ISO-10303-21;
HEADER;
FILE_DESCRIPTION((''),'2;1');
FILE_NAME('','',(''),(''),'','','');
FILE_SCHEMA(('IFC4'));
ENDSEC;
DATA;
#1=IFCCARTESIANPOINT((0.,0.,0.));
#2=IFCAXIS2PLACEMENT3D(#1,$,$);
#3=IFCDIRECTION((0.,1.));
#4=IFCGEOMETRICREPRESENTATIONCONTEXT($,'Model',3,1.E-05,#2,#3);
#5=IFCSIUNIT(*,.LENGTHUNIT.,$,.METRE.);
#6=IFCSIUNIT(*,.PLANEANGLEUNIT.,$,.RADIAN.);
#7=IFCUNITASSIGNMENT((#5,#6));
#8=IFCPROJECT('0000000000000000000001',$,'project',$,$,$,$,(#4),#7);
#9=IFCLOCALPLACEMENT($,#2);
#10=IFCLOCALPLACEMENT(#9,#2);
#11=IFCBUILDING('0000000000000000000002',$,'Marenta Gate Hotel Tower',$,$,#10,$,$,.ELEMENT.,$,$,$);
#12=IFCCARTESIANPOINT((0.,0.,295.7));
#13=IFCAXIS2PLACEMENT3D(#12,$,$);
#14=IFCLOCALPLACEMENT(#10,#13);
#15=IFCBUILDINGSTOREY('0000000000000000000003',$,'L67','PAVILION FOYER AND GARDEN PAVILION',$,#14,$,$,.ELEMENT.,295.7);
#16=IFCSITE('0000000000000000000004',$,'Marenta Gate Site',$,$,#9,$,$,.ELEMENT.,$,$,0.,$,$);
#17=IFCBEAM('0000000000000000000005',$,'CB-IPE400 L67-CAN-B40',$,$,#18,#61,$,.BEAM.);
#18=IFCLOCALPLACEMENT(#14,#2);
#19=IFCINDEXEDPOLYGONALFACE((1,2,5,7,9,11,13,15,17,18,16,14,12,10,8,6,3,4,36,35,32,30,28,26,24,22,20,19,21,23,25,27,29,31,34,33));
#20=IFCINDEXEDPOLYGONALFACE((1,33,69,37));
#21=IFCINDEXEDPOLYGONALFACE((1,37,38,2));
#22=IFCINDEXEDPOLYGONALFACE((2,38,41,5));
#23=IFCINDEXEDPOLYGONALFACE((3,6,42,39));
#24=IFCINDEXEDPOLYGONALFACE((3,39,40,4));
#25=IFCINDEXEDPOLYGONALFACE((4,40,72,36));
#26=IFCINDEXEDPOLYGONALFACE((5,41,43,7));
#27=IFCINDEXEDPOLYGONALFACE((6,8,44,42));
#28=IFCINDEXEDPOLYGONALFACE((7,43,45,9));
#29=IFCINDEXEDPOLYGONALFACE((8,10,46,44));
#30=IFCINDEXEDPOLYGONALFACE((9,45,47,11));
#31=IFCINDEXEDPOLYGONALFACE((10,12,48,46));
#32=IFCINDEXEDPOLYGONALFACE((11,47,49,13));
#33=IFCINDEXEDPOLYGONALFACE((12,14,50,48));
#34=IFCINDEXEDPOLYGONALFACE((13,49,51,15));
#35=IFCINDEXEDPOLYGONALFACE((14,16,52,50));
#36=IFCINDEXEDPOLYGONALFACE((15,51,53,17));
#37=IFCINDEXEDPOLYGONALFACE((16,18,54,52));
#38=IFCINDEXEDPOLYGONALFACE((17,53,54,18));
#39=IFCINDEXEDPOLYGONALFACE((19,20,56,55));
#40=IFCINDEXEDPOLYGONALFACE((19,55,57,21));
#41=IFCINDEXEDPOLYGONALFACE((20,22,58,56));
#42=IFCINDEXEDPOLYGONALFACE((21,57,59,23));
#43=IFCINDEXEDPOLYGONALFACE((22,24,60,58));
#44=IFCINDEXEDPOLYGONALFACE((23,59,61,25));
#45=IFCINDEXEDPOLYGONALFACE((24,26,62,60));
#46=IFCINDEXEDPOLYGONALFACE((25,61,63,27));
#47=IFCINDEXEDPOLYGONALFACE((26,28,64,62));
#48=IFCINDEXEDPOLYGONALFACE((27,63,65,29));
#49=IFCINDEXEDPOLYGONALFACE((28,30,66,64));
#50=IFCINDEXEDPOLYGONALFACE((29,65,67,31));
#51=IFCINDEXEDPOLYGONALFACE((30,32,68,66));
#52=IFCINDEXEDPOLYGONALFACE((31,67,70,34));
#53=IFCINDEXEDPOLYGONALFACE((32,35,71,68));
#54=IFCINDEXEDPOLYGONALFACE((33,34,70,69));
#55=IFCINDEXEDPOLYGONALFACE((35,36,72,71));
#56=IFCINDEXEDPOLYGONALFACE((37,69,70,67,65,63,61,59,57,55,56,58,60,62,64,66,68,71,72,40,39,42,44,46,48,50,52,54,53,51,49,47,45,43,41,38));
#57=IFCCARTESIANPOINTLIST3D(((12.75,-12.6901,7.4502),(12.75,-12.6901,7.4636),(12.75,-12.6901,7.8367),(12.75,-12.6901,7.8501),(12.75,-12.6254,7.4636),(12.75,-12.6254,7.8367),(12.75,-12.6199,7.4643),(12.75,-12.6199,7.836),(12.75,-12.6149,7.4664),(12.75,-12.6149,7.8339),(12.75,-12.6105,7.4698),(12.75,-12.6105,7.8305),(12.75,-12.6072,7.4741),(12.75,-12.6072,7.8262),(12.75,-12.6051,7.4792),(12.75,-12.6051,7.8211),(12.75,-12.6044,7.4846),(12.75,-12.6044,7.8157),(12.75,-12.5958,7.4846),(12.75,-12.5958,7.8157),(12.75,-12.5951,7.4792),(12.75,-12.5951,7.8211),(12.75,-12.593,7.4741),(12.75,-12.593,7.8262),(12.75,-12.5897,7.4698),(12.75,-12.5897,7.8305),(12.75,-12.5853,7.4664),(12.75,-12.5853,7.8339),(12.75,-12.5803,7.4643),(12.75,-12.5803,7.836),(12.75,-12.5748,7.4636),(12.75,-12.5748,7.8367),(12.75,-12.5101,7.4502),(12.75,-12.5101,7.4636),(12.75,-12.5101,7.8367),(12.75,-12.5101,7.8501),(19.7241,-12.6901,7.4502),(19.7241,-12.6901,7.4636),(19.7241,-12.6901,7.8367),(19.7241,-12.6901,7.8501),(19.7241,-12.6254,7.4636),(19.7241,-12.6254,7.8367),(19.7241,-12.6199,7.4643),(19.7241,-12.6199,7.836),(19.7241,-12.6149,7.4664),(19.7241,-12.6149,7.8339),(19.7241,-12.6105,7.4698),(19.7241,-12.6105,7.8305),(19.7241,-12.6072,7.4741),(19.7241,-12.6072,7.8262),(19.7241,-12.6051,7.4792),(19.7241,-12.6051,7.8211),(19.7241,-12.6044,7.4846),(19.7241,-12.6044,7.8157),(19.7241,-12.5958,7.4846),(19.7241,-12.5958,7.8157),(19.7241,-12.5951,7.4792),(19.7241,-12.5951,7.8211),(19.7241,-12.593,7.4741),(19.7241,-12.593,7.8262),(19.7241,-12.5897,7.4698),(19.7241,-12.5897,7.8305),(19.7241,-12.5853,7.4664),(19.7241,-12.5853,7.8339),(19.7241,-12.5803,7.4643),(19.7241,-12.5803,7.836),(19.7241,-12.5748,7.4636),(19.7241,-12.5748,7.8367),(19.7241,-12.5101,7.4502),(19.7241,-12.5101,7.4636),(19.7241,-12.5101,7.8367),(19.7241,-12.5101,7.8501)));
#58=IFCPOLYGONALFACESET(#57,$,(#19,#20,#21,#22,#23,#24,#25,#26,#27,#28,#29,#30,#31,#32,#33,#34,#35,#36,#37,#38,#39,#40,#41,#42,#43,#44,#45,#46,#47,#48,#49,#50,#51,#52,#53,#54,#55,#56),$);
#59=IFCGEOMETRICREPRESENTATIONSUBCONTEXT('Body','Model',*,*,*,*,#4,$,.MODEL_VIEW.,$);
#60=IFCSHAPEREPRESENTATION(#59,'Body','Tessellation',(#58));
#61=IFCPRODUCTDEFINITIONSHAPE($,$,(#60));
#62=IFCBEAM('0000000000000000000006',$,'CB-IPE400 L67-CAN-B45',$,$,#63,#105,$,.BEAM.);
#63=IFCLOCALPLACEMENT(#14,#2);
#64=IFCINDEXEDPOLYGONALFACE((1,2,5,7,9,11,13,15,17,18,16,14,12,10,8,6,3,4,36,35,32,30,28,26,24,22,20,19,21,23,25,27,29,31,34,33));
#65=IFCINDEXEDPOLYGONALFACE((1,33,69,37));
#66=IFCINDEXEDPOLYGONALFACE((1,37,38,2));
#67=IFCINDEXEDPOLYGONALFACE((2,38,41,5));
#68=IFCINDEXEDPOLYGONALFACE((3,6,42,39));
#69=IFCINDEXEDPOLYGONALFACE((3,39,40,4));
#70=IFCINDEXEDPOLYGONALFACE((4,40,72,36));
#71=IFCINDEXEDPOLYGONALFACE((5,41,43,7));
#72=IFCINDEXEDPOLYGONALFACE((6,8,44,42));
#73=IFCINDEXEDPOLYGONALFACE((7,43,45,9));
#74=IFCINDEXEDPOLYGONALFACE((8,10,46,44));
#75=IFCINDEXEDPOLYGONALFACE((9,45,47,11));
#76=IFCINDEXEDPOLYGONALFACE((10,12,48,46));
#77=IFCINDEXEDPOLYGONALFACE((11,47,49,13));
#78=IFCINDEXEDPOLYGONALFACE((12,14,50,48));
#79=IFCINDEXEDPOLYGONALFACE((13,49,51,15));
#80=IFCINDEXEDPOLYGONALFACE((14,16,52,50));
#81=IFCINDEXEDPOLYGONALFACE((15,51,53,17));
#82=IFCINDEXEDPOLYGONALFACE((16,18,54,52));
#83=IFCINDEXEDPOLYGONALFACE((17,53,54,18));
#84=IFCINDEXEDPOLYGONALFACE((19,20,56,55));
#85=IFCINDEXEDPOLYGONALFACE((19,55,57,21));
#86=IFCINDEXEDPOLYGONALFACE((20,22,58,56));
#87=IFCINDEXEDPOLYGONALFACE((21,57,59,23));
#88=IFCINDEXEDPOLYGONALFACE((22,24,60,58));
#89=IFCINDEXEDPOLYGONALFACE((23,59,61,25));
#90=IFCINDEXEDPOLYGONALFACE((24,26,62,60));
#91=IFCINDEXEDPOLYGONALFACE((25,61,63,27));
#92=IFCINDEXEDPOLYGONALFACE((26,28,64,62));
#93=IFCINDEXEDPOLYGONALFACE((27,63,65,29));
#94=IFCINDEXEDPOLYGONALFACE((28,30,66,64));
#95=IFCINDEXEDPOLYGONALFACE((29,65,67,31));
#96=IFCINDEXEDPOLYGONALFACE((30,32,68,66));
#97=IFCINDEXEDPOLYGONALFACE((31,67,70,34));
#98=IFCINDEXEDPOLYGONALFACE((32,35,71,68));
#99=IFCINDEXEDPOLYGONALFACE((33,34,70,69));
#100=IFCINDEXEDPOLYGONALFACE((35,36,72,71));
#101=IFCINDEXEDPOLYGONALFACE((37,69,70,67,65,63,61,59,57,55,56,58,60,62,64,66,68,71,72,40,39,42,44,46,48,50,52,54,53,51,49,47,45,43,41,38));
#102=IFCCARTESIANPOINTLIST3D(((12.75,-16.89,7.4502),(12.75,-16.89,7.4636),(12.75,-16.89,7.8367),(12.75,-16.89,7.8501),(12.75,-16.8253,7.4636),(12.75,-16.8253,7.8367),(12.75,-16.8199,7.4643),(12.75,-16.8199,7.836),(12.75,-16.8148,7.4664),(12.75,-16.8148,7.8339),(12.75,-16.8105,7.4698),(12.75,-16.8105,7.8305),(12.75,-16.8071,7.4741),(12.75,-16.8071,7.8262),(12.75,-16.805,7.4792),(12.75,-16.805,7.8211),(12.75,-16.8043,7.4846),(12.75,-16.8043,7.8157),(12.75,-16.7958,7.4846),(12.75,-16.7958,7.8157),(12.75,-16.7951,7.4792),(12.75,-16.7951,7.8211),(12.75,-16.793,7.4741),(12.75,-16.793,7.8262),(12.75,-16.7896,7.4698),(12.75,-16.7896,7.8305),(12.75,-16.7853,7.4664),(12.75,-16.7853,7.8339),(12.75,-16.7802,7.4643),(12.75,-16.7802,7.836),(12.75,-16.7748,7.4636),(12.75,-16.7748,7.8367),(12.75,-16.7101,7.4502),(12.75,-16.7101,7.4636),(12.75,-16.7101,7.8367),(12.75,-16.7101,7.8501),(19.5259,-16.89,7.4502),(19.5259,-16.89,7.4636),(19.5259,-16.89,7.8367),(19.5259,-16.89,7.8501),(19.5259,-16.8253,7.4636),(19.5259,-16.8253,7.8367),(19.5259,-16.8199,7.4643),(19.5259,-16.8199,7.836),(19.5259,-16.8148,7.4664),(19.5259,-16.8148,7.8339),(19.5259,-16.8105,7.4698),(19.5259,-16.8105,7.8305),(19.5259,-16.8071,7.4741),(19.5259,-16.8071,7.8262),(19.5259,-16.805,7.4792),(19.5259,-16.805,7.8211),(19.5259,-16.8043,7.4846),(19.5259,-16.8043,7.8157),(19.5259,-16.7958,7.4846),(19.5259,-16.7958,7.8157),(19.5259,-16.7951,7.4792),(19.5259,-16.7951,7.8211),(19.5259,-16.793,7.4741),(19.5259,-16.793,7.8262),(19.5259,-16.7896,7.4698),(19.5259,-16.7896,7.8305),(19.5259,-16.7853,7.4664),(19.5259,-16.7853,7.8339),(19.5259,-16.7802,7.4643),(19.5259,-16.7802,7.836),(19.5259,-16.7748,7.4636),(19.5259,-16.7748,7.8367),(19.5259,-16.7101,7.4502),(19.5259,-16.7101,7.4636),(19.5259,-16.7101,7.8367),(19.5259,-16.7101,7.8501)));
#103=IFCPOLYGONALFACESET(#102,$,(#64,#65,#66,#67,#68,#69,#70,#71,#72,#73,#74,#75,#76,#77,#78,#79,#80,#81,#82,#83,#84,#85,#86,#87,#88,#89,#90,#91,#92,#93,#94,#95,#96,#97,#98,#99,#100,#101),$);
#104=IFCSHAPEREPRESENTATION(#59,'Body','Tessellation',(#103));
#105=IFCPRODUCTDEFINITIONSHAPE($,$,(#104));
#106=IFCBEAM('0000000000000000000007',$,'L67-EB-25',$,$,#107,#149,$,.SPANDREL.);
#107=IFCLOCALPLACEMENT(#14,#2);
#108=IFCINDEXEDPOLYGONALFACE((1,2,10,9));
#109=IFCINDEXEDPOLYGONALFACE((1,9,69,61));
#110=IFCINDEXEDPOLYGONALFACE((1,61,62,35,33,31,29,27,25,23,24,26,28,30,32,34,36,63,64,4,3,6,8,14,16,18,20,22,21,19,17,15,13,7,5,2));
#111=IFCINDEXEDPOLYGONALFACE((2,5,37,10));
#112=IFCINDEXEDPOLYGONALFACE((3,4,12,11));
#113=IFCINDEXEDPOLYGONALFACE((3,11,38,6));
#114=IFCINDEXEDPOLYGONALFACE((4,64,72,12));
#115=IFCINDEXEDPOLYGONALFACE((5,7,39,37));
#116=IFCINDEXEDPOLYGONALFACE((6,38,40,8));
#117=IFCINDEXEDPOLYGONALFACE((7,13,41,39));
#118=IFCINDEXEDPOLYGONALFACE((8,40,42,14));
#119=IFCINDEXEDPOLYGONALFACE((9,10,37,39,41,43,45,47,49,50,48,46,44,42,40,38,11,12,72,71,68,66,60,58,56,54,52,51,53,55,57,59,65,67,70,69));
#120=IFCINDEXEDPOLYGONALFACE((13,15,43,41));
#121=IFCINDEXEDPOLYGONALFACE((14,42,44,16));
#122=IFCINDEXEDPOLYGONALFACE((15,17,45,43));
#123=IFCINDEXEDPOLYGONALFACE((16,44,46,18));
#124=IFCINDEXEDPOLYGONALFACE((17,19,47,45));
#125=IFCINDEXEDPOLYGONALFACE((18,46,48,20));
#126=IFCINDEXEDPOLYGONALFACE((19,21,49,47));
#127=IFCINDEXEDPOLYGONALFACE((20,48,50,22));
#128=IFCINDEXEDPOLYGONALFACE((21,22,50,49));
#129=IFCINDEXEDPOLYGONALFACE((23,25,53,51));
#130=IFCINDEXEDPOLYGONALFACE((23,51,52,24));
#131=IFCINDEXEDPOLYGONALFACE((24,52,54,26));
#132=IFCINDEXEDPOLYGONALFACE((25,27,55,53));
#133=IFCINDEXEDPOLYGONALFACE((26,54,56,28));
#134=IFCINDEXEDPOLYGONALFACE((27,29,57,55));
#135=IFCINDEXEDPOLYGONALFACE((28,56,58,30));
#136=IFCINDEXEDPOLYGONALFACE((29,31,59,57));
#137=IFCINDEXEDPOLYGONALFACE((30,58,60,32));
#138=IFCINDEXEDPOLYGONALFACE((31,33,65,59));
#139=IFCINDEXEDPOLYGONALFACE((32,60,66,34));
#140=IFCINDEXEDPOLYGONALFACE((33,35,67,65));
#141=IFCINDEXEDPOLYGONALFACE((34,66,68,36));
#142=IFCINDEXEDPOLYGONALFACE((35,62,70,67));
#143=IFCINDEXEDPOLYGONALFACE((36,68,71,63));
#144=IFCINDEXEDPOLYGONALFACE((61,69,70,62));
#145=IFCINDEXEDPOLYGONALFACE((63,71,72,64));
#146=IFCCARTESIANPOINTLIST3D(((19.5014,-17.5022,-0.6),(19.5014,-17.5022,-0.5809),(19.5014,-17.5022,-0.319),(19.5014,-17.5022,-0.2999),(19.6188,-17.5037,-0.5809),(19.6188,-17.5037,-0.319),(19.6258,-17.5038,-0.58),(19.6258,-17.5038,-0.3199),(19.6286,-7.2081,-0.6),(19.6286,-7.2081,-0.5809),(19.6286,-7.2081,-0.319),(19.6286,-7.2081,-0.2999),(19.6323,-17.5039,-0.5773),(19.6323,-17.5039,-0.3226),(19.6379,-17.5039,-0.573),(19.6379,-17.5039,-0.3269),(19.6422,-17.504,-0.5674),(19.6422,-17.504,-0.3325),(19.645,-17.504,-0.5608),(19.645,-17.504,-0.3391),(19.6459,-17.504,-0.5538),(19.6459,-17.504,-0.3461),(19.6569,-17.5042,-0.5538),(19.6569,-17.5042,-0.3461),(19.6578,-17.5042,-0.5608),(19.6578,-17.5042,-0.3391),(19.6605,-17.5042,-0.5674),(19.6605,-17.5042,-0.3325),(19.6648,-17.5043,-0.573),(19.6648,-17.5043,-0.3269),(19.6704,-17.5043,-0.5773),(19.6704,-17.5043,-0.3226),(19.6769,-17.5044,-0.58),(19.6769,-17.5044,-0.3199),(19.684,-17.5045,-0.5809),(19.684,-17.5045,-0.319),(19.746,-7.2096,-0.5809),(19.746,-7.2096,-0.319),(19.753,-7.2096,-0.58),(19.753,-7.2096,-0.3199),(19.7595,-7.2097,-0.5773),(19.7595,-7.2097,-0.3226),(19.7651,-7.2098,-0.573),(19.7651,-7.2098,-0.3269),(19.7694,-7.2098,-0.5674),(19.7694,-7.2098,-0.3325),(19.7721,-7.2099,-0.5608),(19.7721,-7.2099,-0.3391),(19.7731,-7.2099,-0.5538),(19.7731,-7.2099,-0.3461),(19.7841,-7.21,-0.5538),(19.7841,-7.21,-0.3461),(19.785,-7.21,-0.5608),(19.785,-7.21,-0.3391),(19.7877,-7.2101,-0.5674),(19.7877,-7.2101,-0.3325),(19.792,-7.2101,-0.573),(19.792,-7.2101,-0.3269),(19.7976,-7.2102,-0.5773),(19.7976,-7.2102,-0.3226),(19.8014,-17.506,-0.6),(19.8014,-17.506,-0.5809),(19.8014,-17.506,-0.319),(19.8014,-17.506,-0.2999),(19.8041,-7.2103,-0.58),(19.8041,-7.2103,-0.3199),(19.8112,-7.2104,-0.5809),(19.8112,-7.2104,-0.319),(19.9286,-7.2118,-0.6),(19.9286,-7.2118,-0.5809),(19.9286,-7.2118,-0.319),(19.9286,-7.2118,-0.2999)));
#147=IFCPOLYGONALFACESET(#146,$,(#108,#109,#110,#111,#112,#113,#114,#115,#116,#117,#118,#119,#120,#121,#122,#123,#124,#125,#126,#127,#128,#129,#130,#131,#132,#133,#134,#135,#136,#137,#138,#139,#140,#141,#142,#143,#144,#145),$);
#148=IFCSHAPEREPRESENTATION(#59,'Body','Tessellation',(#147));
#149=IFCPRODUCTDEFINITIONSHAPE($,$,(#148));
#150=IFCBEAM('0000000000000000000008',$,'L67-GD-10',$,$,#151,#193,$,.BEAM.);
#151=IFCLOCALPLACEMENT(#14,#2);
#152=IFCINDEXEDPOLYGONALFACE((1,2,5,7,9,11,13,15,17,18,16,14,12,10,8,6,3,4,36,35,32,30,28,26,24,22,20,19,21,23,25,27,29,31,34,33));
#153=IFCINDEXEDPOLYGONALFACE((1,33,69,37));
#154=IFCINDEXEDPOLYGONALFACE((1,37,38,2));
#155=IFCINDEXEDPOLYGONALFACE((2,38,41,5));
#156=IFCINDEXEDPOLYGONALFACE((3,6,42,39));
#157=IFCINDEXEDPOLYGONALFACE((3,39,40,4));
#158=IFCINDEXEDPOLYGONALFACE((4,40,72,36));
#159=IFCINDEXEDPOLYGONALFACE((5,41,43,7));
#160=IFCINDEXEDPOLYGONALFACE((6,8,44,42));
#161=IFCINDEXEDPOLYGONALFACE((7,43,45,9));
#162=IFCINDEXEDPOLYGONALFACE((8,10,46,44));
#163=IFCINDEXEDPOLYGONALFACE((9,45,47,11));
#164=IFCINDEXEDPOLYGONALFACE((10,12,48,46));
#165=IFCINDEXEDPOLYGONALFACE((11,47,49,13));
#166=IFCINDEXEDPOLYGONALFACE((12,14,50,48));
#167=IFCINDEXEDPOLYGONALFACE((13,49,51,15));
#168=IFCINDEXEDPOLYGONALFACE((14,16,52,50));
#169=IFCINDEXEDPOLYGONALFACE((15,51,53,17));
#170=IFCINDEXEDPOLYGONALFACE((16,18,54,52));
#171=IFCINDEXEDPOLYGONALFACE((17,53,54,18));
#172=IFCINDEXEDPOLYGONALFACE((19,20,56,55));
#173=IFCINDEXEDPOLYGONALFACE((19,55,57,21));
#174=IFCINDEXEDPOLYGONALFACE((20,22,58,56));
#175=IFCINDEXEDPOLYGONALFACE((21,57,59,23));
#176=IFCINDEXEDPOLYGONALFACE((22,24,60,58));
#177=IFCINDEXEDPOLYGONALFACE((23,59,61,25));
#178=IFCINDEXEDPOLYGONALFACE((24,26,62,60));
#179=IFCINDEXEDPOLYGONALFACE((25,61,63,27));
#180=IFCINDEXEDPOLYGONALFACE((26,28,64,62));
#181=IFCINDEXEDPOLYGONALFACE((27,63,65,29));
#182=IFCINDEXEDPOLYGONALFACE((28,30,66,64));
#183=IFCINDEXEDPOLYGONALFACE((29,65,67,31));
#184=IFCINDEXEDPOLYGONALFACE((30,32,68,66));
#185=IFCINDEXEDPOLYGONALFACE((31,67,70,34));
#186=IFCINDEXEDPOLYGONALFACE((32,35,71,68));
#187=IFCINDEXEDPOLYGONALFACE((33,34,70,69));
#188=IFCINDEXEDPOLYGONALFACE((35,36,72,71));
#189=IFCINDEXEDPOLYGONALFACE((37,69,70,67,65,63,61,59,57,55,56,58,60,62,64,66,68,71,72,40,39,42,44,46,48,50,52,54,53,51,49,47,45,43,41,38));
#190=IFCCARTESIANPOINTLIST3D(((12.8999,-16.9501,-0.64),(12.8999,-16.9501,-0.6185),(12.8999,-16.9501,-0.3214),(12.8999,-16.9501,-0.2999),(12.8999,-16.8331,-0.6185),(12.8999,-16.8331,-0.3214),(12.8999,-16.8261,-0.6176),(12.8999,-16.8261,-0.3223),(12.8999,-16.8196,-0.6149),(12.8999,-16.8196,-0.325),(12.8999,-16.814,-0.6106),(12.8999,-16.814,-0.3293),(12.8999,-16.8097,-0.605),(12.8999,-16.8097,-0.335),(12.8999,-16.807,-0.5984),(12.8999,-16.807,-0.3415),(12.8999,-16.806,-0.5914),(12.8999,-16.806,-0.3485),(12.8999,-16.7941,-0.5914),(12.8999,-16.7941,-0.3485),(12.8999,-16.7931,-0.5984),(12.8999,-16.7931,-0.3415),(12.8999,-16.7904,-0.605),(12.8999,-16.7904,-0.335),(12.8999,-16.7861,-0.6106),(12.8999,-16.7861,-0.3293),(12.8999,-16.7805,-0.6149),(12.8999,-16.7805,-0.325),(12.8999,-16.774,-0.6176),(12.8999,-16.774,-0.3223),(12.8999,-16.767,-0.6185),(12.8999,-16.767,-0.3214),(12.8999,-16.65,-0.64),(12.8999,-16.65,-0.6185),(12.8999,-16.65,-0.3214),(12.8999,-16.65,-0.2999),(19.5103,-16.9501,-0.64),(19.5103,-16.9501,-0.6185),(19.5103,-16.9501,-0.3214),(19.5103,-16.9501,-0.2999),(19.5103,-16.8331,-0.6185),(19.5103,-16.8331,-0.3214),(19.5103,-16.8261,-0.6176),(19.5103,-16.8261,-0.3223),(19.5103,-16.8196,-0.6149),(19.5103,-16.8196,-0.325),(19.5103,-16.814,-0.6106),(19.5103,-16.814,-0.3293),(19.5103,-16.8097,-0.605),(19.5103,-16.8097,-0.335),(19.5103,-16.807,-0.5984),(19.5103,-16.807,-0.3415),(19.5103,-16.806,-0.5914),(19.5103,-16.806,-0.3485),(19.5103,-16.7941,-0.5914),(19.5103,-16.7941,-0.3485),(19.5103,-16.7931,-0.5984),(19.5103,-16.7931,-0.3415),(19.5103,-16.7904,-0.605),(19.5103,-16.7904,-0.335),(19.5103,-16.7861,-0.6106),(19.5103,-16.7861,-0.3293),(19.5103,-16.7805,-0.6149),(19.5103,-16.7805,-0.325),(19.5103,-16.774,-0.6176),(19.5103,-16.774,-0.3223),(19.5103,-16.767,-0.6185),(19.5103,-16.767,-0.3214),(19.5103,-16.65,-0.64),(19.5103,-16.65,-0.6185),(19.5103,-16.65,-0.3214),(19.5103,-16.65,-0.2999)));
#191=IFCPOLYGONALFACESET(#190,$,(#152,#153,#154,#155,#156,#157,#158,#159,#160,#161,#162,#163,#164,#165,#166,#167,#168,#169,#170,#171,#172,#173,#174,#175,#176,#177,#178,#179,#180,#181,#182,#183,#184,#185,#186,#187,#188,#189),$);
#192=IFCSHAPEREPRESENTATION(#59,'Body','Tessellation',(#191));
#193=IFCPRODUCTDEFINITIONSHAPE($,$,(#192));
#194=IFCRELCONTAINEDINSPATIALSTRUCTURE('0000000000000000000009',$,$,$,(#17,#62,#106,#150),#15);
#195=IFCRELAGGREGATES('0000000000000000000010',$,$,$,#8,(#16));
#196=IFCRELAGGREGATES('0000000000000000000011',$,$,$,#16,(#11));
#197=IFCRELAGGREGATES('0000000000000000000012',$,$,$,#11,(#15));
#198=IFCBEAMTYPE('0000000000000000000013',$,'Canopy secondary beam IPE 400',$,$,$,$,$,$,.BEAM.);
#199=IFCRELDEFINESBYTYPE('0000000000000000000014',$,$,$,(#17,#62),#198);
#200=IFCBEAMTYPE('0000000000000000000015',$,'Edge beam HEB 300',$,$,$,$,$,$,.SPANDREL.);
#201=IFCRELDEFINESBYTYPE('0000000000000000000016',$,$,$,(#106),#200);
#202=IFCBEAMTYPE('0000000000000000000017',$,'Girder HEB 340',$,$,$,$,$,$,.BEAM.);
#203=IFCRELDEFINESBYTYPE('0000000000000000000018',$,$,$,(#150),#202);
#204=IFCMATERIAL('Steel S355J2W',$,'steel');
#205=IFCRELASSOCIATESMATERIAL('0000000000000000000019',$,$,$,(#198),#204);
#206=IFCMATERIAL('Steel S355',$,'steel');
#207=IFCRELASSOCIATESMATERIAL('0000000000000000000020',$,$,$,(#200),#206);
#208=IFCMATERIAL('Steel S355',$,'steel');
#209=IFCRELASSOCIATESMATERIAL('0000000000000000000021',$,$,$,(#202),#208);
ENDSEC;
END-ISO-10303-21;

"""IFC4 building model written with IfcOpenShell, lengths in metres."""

from ifc_helpers import new_model, si_unit, direction, frame, origin, origin_2d, place, context, subcontext, project, spatial, i_section, extrude, material, material_profile, profile_set, type_object, element, save


model = new_model("IFC4")

# Units and contexts
model_context = context("Model", 3, precision=1e-05, world=origin(), true_north=direction((0.0, 1.0)))
body_context = subcontext(model_context, "Body", "Model", "MODEL_VIEW")
ifc_project = project(units=[si_unit("LENGTHUNIT", "METRE"), si_unit("PLANEANGLEUNIT", "RADIAN")], contexts=[model_context])

# Site, building, storey
site_placement = place(None, origin())
site = spatial("IfcSite", under=ifc_project, at=site_placement, Name="Marenta Gate Site", CompositionType="ELEMENT", RefElevation=0.0)
building_placement = place(site_placement, origin())
building = spatial("IfcBuilding", under=site, at=building_placement, Name="Marenta Gate Hotel Tower", CompositionType="ELEMENT")
storey_placement = place(building_placement, frame((0.0, 0.0, 295.7)))
storey = spatial("IfcBuildingStorey", under=building, at=storey_placement, Name="L67", Description="PAVILION FOYER AND GARDEN PAVILION", CompositionType="ELEMENT", Elevation=295.7)

# Beams
ifc_material_1 = material(Name="Steel S355J2W", Category="steel")
ifc_material_profile_1 = material_profile(ifc_material_1, i_section(OverallWidth=0.1799, OverallDepth=0.3999, WebThickness=0.0085, FlangeThickness=0.0134, FilletRadius=0.021, at=origin_2d()), Name="IPE 400")
ifc_profile_set_1 = profile_set([ifc_material_profile_1], Name="Steel S355J2W")
beam_type_1 = type_object("IfcBeamType", Name="Canopy secondary beam IPE 400", PredefinedType="BEAM", material=ifc_profile_set_1)
beam_1_placement = place(storey_placement, frame((12.75, -12.6001, 7.6501), z_axis=(1.0, 0.0, 0.0), x_axis=(0.0, 1.0, 0.0)))
element("IfcBeam", 1, at=beam_1_placement, inside=storey, type_object=beam_type_1, Name="CB-IPE400 L67-CAN-B40", PredefinedType="BEAM", context=body_context, shape_type="SweptSolid", body=[
    extrude(i_section(OverallWidth=0.1799, OverallDepth=0.3999, WebThickness=0.0085, FlangeThickness=0.0134, FilletRadius=0.021, at=origin_2d()), origin(), (0.0, 0.0, 1.0), 6.9741),
])
beam_2_placement = place(storey_placement, frame((12.75, -16.8, 7.6501), z_axis=(1.0, 0.0, 0.0), x_axis=(0.0, 1.0, 0.0)))
element("IfcBeam", 2, at=beam_2_placement, inside=storey, type_object=beam_type_1, Name="CB-IPE400 L67-CAN-B45", PredefinedType="BEAM", context=body_context, shape_type="SweptSolid", body=[
    extrude(i_section(OverallWidth=0.1799, OverallDepth=0.3999, WebThickness=0.0085, FlangeThickness=0.0134, FilletRadius=0.021, at=origin_2d()), origin(), (0.0, 0.0, 1.0), 6.7759),
])
ifc_material_2 = material(Name="Steel S355", Category="steel")
ifc_material_profile_2 = material_profile(ifc_material_2, i_section(OverallWidth=0.3, OverallDepth=0.3, WebThickness=0.011, FlangeThickness=0.019, FilletRadius=0.0271, at=origin_2d()), Name="HEB 300")
ifc_profile_set_2 = profile_set([ifc_material_profile_2], Name="Steel S355")
beam_type_2 = type_object("IfcBeamType", Name="Edge beam HEB 300", PredefinedType="SPANDREL", material=ifc_profile_set_2)
beam_3_placement = place(storey_placement, frame((19.7786, -7.21, -0.45), z_axis=(-0.012355, -0.999924, 0.0), x_axis=(0.999924, -0.012355, 0.0)))
element("IfcBeam", 3, at=beam_3_placement, inside=storey, type_object=beam_type_2, Name="L67-EB-25", PredefinedType="SPANDREL", context=body_context, shape_type="SweptSolid", body=[
    extrude(i_section(OverallWidth=0.3, OverallDepth=0.3, WebThickness=0.011, FlangeThickness=0.019, FilletRadius=0.0271, at=origin_2d()), origin(), (0.0, 0.0, 1.0), 10.2949),
])
ifc_material_3 = material(Name="Steel S355", Category="steel")
ifc_material_profile_3 = material_profile(ifc_material_3, i_section(OverallWidth=0.3, OverallDepth=0.3401, WebThickness=0.012, FlangeThickness=0.0215, FilletRadius=0.0271, at=origin_2d()), Name="HEB 340")
ifc_profile_set_3 = profile_set([ifc_material_profile_3], Name="Steel S355")
beam_type_3 = type_object("IfcBeamType", Name="Girder HEB 340", PredefinedType="BEAM", material=ifc_profile_set_3)
beam_4_placement = place(storey_placement, frame((12.8999, -16.8, -0.47), z_axis=(1.0, 0.0, 0.0), x_axis=(0.0, 1.0, 0.0)))
element("IfcBeam", 4, at=beam_4_placement, inside=storey, type_object=beam_type_3, Name="L67-GD-10", PredefinedType="BEAM", context=body_context, shape_type="SweptSolid", body=[
    extrude(i_section(OverallWidth=0.3, OverallDepth=0.3401, WebThickness=0.012, FlangeThickness=0.0215, FilletRadius=0.0271, at=origin_2d()), origin(), (0.0, 0.0, 1.0), 6.6104),
])

save(model, "model.ifc")
